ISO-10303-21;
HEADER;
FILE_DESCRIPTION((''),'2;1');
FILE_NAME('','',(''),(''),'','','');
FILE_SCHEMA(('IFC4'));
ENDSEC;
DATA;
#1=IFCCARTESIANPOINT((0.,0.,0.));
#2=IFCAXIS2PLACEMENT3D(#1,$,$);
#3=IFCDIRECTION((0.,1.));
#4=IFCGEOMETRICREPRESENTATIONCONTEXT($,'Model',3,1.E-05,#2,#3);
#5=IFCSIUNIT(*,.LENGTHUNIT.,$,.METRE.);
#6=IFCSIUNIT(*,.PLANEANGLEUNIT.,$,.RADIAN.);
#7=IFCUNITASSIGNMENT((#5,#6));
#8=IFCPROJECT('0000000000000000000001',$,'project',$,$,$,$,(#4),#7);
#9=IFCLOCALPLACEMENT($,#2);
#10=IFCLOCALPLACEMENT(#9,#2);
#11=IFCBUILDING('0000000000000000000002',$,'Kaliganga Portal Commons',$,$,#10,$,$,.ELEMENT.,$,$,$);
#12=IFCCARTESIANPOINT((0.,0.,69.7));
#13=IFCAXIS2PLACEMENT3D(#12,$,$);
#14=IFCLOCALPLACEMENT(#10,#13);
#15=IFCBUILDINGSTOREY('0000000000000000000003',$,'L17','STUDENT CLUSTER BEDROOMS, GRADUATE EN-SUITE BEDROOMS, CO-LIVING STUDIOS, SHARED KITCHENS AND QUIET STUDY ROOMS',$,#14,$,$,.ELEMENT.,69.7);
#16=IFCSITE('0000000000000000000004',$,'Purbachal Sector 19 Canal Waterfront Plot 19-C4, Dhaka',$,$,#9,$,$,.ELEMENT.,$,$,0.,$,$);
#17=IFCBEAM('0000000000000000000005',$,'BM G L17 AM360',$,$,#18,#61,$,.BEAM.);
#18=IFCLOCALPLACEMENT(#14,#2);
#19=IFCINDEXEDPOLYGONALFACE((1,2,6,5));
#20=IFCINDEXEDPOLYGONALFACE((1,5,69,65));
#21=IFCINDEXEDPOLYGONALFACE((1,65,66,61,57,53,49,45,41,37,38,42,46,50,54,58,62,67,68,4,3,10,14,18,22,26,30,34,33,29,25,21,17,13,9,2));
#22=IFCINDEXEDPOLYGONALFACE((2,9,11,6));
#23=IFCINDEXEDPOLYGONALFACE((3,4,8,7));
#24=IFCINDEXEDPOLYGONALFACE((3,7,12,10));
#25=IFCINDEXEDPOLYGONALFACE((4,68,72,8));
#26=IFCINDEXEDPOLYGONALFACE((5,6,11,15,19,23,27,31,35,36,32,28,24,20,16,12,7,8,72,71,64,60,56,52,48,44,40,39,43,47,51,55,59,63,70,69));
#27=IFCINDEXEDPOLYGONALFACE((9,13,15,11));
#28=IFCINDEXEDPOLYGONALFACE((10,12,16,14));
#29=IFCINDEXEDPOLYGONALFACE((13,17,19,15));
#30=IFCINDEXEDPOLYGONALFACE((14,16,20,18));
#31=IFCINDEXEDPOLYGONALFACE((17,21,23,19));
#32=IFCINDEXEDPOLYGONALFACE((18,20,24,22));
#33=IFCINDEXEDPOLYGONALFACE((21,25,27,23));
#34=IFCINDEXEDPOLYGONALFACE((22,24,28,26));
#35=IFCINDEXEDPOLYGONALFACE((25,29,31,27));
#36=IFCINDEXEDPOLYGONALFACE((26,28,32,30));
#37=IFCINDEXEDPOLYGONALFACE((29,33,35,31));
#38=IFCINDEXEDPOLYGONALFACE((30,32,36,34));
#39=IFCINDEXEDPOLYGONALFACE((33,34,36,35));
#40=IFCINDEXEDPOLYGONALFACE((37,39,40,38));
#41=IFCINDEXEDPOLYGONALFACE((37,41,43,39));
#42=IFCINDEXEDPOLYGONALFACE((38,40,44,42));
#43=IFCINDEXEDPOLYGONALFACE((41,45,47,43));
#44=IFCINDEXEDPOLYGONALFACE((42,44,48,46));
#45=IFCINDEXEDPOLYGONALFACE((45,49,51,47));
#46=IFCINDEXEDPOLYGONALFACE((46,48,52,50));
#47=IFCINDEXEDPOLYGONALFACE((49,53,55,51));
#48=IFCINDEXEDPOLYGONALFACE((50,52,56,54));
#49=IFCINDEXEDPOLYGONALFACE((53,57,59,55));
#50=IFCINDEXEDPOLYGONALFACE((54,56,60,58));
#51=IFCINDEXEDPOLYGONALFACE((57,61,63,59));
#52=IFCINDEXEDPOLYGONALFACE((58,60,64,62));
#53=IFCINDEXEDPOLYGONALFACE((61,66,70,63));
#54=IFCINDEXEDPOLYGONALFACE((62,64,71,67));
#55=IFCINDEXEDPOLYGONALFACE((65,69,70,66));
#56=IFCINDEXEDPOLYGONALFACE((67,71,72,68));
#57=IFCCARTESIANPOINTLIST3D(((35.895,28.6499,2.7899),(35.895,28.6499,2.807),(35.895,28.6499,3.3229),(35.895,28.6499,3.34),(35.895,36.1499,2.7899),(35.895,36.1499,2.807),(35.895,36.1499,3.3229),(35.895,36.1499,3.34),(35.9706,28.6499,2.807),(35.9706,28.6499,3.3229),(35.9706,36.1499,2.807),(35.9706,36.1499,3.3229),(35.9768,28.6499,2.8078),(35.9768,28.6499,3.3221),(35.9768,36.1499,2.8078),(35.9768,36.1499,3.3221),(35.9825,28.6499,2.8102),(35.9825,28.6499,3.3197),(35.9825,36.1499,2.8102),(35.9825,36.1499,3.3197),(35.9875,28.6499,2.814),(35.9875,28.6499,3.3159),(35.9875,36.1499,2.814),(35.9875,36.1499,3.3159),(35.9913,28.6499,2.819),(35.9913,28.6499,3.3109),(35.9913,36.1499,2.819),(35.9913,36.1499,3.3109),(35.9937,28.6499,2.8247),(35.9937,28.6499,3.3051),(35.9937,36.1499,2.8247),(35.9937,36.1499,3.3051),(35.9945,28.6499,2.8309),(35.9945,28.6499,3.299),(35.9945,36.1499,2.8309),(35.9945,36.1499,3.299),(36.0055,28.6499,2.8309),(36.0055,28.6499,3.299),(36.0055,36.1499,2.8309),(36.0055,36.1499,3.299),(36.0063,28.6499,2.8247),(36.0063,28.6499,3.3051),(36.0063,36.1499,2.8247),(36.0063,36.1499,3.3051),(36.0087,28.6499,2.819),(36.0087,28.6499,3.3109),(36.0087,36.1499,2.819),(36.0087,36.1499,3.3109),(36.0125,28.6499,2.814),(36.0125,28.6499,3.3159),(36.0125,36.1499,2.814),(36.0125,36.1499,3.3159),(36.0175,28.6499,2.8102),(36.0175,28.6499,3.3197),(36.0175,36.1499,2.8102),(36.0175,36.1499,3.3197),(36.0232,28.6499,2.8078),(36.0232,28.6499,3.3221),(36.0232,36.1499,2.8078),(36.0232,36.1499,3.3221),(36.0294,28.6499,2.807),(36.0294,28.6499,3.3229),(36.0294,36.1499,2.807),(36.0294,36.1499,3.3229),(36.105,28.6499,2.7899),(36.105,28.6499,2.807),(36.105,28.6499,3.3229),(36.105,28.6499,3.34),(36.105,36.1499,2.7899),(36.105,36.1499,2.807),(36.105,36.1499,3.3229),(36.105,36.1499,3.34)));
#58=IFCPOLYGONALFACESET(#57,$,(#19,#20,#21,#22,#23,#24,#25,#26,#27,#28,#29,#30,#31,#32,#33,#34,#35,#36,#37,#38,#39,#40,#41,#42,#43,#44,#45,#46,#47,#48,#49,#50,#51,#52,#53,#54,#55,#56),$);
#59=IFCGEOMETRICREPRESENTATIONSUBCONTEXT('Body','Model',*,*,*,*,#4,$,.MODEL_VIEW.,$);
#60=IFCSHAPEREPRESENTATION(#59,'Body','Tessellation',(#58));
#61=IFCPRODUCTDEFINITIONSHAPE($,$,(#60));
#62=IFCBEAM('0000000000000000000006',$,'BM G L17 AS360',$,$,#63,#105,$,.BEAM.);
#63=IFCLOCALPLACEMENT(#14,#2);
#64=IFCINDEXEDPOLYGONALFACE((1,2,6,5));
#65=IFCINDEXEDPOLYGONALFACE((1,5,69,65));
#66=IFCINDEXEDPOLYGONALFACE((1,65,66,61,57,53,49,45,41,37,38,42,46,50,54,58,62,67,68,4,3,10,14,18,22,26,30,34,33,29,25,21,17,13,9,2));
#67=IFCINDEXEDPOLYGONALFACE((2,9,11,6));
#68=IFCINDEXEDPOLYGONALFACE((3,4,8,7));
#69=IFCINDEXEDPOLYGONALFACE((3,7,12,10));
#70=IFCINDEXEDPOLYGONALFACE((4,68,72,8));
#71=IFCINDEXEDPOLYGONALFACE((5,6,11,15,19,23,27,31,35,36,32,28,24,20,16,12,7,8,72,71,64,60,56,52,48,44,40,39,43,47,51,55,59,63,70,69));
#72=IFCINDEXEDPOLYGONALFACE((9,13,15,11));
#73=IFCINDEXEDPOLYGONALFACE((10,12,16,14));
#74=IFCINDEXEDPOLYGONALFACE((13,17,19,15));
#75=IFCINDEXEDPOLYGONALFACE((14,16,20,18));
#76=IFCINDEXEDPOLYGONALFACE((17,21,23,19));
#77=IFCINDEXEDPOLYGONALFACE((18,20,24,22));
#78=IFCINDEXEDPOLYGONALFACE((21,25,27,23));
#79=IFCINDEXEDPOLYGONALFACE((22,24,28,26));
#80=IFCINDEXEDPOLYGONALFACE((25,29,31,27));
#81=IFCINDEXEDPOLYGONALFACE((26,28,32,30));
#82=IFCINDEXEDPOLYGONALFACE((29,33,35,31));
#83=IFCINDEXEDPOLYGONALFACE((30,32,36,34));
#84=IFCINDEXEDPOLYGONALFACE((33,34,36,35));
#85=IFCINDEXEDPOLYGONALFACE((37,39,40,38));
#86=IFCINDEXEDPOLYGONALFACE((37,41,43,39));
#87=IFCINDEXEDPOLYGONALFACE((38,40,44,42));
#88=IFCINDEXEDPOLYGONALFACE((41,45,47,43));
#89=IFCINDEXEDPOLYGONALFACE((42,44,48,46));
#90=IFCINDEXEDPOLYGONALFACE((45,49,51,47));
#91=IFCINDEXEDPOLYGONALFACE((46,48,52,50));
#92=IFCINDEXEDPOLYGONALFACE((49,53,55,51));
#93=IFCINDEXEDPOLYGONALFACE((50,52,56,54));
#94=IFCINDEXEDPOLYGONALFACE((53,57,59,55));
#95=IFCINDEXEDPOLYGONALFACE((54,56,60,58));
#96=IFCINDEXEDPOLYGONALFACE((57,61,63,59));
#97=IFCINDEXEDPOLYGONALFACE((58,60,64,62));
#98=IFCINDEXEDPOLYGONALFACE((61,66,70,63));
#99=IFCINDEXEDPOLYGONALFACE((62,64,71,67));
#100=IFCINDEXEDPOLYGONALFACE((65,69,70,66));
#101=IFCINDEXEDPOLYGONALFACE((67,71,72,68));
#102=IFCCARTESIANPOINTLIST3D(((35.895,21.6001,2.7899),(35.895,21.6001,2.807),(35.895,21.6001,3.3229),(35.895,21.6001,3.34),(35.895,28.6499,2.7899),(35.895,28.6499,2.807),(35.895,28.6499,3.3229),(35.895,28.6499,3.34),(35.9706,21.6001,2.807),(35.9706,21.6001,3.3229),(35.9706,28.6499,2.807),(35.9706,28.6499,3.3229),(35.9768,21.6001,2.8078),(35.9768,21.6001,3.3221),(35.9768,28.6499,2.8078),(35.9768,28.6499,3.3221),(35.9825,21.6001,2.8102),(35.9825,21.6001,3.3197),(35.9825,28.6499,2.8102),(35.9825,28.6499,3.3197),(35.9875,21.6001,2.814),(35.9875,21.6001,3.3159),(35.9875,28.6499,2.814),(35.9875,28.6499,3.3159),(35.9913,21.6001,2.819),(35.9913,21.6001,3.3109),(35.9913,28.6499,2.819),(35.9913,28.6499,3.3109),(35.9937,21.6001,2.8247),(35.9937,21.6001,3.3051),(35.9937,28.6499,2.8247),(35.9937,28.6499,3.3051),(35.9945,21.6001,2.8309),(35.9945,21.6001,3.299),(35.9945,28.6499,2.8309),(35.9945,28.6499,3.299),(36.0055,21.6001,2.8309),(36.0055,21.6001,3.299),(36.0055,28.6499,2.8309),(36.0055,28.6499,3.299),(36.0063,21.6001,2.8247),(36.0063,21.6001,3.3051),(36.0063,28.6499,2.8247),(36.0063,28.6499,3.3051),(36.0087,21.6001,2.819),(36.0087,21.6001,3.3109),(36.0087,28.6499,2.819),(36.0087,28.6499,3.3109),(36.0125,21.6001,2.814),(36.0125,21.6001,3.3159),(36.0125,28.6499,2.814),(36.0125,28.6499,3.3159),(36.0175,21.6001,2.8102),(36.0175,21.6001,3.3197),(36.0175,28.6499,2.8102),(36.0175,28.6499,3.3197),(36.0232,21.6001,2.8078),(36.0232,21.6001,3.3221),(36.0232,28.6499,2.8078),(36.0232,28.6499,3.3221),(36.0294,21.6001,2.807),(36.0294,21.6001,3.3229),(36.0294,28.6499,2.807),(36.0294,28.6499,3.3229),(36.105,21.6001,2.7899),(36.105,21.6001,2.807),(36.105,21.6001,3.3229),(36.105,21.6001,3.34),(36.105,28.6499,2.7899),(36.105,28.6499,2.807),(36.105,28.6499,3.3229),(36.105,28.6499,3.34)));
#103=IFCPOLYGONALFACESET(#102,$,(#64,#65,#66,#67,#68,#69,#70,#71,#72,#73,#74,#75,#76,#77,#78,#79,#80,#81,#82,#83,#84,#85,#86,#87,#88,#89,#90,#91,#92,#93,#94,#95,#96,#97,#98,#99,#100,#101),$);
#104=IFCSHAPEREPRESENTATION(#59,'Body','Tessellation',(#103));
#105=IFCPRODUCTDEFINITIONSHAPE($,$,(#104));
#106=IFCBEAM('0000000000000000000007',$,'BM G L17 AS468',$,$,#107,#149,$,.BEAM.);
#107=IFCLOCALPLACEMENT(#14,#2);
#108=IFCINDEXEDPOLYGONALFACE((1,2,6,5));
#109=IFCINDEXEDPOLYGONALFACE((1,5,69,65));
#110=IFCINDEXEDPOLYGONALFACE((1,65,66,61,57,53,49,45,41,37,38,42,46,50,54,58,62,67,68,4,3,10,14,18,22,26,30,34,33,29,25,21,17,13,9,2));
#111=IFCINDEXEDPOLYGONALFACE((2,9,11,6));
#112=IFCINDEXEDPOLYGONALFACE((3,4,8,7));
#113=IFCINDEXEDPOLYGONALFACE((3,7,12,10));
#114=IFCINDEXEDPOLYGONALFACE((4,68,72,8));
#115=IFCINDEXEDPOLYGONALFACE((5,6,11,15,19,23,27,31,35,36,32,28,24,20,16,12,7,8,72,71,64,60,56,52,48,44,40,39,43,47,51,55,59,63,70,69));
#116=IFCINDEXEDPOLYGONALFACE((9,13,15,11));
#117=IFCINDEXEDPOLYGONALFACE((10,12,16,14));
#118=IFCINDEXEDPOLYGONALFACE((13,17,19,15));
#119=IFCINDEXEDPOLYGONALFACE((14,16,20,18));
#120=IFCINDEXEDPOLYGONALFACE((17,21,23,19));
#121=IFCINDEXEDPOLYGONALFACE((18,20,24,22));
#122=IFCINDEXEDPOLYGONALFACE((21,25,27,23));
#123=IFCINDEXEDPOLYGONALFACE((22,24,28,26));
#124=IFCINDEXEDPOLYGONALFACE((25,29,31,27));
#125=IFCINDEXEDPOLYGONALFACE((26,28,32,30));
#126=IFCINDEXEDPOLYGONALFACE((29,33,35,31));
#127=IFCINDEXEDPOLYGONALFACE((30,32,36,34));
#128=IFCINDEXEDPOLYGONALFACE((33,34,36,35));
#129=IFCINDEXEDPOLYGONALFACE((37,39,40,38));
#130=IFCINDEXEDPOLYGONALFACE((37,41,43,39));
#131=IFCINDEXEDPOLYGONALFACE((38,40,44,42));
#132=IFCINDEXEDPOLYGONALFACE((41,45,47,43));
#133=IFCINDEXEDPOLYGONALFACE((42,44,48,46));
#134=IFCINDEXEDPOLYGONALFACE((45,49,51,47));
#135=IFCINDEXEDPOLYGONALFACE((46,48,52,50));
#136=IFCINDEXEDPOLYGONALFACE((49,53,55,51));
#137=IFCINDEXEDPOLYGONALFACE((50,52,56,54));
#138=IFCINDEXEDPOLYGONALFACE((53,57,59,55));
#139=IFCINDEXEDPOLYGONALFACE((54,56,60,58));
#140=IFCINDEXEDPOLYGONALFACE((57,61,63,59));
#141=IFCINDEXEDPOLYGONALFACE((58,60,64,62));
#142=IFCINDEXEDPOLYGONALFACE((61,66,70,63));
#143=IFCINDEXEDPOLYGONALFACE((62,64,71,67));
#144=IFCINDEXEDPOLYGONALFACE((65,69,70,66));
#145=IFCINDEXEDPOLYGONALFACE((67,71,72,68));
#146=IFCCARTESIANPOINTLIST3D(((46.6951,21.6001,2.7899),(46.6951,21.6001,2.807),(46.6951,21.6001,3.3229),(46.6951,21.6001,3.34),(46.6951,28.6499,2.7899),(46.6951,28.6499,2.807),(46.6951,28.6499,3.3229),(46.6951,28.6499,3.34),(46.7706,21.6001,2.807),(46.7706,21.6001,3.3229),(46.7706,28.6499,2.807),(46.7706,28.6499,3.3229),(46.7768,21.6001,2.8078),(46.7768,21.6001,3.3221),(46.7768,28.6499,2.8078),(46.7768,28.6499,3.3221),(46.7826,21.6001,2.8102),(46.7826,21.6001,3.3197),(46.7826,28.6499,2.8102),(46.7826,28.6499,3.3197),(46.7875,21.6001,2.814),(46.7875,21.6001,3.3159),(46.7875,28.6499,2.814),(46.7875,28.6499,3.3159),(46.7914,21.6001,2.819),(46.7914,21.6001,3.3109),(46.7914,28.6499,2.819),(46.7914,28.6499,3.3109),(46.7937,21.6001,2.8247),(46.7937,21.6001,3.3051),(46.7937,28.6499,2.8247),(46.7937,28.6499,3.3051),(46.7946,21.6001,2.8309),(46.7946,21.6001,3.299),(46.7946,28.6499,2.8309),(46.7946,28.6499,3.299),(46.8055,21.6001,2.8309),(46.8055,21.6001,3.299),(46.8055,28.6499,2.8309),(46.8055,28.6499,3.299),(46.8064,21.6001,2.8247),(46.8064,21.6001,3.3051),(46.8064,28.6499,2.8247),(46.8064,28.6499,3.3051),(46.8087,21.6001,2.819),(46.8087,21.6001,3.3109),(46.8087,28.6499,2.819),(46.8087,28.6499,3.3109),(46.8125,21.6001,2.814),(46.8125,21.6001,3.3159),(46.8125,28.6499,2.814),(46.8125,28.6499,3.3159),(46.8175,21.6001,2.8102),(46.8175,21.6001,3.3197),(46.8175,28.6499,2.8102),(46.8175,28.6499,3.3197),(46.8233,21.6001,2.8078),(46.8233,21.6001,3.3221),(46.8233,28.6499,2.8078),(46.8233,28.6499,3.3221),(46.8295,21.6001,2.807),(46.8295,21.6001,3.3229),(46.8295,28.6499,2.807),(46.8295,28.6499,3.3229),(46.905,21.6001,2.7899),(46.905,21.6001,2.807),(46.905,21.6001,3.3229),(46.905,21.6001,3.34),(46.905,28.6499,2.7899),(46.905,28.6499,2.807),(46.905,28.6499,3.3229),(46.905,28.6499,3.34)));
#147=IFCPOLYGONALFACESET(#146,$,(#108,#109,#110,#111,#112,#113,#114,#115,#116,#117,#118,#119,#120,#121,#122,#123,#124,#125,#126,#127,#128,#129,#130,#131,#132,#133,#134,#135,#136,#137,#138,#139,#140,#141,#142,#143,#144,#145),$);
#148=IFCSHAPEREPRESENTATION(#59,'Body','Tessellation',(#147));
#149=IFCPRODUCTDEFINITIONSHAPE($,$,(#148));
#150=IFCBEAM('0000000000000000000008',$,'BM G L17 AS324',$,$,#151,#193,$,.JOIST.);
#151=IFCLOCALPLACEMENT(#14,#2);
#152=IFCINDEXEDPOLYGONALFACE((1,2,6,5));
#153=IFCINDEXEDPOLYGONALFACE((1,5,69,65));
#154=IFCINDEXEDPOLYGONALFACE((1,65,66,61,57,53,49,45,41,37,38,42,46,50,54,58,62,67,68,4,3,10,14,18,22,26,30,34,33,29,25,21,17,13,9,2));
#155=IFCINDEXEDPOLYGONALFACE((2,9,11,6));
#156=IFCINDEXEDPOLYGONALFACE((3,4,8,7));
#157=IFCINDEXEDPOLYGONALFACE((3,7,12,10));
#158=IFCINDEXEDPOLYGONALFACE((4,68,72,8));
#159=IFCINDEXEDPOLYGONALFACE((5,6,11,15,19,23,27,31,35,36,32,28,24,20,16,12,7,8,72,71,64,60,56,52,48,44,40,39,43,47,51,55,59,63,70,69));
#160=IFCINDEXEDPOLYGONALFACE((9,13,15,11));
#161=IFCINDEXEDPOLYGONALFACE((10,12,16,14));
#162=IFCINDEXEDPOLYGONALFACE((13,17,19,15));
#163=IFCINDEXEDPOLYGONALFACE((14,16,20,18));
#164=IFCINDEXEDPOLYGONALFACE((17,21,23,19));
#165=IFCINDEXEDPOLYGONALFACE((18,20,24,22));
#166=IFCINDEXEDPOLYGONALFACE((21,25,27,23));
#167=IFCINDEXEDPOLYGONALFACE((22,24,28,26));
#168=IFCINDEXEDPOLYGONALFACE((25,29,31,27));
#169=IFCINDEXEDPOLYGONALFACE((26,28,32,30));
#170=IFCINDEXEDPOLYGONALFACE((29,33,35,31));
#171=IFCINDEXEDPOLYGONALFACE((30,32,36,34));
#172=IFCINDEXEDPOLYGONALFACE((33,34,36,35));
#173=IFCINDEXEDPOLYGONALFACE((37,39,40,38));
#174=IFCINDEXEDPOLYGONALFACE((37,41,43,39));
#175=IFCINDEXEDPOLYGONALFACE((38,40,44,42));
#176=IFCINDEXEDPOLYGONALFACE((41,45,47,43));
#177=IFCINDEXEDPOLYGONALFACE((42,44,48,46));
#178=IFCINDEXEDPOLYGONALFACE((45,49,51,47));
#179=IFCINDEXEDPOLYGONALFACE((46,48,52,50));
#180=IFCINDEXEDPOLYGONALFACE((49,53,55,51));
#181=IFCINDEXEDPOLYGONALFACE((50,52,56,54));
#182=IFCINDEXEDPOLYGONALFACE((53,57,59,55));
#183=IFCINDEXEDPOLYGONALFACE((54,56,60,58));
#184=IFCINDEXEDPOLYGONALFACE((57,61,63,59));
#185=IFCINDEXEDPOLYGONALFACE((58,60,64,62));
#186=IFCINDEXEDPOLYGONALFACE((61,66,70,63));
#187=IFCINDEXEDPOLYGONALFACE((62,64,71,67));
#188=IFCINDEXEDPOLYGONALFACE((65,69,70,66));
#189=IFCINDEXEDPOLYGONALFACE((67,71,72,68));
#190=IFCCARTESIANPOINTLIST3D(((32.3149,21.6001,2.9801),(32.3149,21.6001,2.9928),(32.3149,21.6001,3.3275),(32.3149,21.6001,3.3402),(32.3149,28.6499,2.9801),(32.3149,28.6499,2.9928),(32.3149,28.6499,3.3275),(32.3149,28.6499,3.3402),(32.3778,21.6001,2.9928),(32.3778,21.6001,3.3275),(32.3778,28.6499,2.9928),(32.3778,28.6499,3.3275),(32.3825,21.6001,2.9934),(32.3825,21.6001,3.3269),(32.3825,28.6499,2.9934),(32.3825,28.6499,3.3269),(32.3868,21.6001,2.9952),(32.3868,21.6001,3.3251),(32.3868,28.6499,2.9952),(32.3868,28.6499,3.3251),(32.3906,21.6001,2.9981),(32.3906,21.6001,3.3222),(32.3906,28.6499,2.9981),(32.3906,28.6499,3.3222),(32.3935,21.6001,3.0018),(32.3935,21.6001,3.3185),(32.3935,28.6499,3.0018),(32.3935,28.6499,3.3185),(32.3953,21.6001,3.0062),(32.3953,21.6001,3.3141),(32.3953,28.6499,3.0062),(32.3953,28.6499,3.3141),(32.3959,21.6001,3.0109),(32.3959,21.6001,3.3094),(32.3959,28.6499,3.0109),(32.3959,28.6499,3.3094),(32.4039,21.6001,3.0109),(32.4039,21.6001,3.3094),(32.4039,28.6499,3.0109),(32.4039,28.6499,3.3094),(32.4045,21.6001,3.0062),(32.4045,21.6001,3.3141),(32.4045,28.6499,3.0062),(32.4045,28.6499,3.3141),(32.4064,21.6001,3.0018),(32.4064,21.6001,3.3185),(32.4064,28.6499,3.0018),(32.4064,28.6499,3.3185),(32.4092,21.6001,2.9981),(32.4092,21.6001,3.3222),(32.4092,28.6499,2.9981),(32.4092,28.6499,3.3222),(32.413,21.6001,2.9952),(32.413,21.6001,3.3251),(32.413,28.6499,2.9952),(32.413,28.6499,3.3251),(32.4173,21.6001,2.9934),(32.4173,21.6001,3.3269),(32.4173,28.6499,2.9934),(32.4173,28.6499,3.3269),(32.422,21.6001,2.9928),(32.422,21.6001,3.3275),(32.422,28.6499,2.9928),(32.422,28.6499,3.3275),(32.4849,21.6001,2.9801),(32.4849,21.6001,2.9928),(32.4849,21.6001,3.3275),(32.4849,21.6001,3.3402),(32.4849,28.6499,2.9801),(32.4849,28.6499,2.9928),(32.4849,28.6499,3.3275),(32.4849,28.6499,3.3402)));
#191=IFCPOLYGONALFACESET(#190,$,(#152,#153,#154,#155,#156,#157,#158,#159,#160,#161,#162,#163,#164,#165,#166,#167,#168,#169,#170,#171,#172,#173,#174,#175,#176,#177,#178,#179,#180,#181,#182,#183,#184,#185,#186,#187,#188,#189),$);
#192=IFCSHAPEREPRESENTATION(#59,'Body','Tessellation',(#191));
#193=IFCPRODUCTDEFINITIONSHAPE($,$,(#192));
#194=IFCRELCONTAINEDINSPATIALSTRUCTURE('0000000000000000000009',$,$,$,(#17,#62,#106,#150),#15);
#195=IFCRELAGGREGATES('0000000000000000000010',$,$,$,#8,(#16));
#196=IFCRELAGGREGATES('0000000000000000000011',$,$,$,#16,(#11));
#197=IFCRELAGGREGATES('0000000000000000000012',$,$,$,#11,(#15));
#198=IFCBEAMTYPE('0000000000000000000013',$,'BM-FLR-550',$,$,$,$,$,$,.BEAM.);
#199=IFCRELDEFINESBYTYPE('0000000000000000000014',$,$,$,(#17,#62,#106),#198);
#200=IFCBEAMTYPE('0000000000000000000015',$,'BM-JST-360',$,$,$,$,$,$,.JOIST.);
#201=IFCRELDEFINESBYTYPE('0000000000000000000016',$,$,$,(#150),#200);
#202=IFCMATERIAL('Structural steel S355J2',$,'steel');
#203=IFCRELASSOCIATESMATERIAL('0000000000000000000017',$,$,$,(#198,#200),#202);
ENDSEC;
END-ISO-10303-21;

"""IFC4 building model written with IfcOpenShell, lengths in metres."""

from ifc_helpers import new_model, si_unit, direction, frame, origin, origin_2d, place, context, subcontext, project, spatial, i_section, extrude, source, transform, mapped, material, material_profile, profile_set, type_object, element, save


model = new_model("IFC4")

# Units and contexts
model_context = context("Model", 3, precision=1e-05, world=origin(), true_north=direction((0.0, 1.0)))
body_context = subcontext(model_context, "Body", "Model", "MODEL_VIEW")
ifc_project = project(units=[si_unit("LENGTHUNIT", "METRE"), si_unit("PLANEANGLEUNIT", "RADIAN")], contexts=[model_context])

# Site, building, storey
site_placement = place(None, origin())
site = spatial("IfcSite", under=ifc_project, at=site_placement, Name="Purbachal Sector 19 Canal Waterfront Plot 19-C4, Dhaka", CompositionType="ELEMENT", RefElevation=0.0)
building_placement = place(site_placement, origin())
building = spatial("IfcBuilding", under=site, at=building_placement, Name="Kaliganga Portal Commons", CompositionType="ELEMENT")
storey_placement = place(building_placement, frame((0.0, 0.0, 69.7)))
storey = spatial("IfcBuildingStorey", under=building, at=storey_placement, Name="L17", Description="STUDENT CLUSTER BEDROOMS, GRADUATE EN-SUITE BEDROOMS, CO-LIVING STUDIOS, SHARED KITCHENS AND QUIET STUDY ROOMS", CompositionType="ELEMENT", Elevation=69.7)

# Beams
ifc_material_1 = material(Name="Structural steel S355J2", Category="steel")
ifc_material_profile_1 = material_profile(ifc_material_1, i_section(OverallWidth=0.21, OverallDepth=0.55, WebThickness=0.011, FlangeThickness=0.0171, FilletRadius=0.0239, at=origin_2d()), Name="IPE 550")
ifc_profile_set_1 = profile_set([ifc_material_profile_1], Name="Structural steel S355J2 wide-flange")
beam_type_1 = type_object("IfcBeamType", Name="BM-FLR-550", PredefinedType="BEAM", material=ifc_profile_set_1)
shared_shape_1 = source(origin(), body_context, "Body", "SweptSolid", [
    extrude(i_section(OverallWidth=0.21, OverallDepth=0.55, WebThickness=0.011, FlangeThickness=0.0171, FilletRadius=0.0239, at=origin_2d()), origin(), (0.0, 0.0, 1.0), 7.5),
])
beam_1_placement = place(storey_placement, frame((36.0, 28.6499, 3.0649), z_axis=(0.0, 1.0, 0.0), x_axis=(-1.0, 0.0, 0.0)))
element("IfcBeam", 1, at=beam_1_placement, inside=storey, type_object=beam_type_1, Name="BM G L17 AM360", PredefinedType="BEAM", context=body_context, shape_type="MappedRepresentation", body=[
    mapped(shared_shape_1, transform((0.0, 0.0, 0.0), x_axis=(1.0, 0.0, 0.0), y_axis=(0.0, 1.0, 0.0), z_axis=(0.0, 0.0, 1.0), scale=1.0)),
])
shared_shape_2 = source(origin(), body_context, "Body", "SweptSolid", [
    extrude(i_section(OverallWidth=0.21, OverallDepth=0.55, WebThickness=0.011, FlangeThickness=0.0171, FilletRadius=0.0239, at=origin_2d()), origin(), (0.0, 0.0, 1.0), 7.0498),
])
for number, where, z_axis, x_axis, name in (
    (2, (36.0, 21.6001, 3.0649), (0.0, 1.0, 0.0), (-1.0, 0.0, 0.0), "BM G L17 AS360"),
    (3, (46.8, 21.6001, 3.0649), (0.0, 1.0, 0.0), (-1.0, 0.0, 0.0), "BM G L17 AS468"),
):
    element("IfcBeam", number, at=place(storey_placement, frame(where, z_axis=z_axis, x_axis=x_axis)), inside=storey, type_object=beam_type_1, Name=name, PredefinedType="BEAM", context=body_context, shape_type="MappedRepresentation", body=[
        mapped(shared_shape_2, transform((0.0, 0.0, 0.0), x_axis=(1.0, 0.0, 0.0), y_axis=(0.0, 1.0, 0.0), z_axis=(0.0, 0.0, 1.0), scale=1.0)),
    ])
ifc_material_profile_2 = material_profile(ifc_material_1, i_section(OverallWidth=0.1699, OverallDepth=0.3601, WebThickness=0.0081, FlangeThickness=0.0127, FilletRadius=0.0181, at=origin_2d()), Name="IPE 360")
ifc_profile_set_2 = profile_set([ifc_material_profile_2], Name="Structural steel S355J2 wide-flange")
beam_type_2 = type_object("IfcBeamType", Name="BM-JST-360", PredefinedType="JOIST", material=ifc_profile_set_2)
shared_shape_3 = source(origin(), body_context, "Body", "SweptSolid", [
    extrude(i_section(OverallWidth=0.1699, OverallDepth=0.3601, WebThickness=0.0081, FlangeThickness=0.0127, FilletRadius=0.0181, at=origin_2d()), origin(), (0.0, 0.0, 1.0), 7.0498),
])
beam_2_placement = place(storey_placement, frame((32.3999, 21.6001, 3.1602), z_axis=(0.0, 1.0, 0.0), x_axis=(-1.0, 0.0, 0.0)))
element("IfcBeam", 4, at=beam_2_placement, inside=storey, type_object=beam_type_2, Name="BM G L17 AS324", PredefinedType="JOIST", context=body_context, shape_type="MappedRepresentation", body=[
    mapped(shared_shape_3, transform((0.0, 0.0, 0.0), x_axis=(1.0, 0.0, 0.0), y_axis=(0.0, 1.0, 0.0), z_axis=(0.0, 0.0, 1.0), scale=1.0)),
])

save(model, "model.ifc")
